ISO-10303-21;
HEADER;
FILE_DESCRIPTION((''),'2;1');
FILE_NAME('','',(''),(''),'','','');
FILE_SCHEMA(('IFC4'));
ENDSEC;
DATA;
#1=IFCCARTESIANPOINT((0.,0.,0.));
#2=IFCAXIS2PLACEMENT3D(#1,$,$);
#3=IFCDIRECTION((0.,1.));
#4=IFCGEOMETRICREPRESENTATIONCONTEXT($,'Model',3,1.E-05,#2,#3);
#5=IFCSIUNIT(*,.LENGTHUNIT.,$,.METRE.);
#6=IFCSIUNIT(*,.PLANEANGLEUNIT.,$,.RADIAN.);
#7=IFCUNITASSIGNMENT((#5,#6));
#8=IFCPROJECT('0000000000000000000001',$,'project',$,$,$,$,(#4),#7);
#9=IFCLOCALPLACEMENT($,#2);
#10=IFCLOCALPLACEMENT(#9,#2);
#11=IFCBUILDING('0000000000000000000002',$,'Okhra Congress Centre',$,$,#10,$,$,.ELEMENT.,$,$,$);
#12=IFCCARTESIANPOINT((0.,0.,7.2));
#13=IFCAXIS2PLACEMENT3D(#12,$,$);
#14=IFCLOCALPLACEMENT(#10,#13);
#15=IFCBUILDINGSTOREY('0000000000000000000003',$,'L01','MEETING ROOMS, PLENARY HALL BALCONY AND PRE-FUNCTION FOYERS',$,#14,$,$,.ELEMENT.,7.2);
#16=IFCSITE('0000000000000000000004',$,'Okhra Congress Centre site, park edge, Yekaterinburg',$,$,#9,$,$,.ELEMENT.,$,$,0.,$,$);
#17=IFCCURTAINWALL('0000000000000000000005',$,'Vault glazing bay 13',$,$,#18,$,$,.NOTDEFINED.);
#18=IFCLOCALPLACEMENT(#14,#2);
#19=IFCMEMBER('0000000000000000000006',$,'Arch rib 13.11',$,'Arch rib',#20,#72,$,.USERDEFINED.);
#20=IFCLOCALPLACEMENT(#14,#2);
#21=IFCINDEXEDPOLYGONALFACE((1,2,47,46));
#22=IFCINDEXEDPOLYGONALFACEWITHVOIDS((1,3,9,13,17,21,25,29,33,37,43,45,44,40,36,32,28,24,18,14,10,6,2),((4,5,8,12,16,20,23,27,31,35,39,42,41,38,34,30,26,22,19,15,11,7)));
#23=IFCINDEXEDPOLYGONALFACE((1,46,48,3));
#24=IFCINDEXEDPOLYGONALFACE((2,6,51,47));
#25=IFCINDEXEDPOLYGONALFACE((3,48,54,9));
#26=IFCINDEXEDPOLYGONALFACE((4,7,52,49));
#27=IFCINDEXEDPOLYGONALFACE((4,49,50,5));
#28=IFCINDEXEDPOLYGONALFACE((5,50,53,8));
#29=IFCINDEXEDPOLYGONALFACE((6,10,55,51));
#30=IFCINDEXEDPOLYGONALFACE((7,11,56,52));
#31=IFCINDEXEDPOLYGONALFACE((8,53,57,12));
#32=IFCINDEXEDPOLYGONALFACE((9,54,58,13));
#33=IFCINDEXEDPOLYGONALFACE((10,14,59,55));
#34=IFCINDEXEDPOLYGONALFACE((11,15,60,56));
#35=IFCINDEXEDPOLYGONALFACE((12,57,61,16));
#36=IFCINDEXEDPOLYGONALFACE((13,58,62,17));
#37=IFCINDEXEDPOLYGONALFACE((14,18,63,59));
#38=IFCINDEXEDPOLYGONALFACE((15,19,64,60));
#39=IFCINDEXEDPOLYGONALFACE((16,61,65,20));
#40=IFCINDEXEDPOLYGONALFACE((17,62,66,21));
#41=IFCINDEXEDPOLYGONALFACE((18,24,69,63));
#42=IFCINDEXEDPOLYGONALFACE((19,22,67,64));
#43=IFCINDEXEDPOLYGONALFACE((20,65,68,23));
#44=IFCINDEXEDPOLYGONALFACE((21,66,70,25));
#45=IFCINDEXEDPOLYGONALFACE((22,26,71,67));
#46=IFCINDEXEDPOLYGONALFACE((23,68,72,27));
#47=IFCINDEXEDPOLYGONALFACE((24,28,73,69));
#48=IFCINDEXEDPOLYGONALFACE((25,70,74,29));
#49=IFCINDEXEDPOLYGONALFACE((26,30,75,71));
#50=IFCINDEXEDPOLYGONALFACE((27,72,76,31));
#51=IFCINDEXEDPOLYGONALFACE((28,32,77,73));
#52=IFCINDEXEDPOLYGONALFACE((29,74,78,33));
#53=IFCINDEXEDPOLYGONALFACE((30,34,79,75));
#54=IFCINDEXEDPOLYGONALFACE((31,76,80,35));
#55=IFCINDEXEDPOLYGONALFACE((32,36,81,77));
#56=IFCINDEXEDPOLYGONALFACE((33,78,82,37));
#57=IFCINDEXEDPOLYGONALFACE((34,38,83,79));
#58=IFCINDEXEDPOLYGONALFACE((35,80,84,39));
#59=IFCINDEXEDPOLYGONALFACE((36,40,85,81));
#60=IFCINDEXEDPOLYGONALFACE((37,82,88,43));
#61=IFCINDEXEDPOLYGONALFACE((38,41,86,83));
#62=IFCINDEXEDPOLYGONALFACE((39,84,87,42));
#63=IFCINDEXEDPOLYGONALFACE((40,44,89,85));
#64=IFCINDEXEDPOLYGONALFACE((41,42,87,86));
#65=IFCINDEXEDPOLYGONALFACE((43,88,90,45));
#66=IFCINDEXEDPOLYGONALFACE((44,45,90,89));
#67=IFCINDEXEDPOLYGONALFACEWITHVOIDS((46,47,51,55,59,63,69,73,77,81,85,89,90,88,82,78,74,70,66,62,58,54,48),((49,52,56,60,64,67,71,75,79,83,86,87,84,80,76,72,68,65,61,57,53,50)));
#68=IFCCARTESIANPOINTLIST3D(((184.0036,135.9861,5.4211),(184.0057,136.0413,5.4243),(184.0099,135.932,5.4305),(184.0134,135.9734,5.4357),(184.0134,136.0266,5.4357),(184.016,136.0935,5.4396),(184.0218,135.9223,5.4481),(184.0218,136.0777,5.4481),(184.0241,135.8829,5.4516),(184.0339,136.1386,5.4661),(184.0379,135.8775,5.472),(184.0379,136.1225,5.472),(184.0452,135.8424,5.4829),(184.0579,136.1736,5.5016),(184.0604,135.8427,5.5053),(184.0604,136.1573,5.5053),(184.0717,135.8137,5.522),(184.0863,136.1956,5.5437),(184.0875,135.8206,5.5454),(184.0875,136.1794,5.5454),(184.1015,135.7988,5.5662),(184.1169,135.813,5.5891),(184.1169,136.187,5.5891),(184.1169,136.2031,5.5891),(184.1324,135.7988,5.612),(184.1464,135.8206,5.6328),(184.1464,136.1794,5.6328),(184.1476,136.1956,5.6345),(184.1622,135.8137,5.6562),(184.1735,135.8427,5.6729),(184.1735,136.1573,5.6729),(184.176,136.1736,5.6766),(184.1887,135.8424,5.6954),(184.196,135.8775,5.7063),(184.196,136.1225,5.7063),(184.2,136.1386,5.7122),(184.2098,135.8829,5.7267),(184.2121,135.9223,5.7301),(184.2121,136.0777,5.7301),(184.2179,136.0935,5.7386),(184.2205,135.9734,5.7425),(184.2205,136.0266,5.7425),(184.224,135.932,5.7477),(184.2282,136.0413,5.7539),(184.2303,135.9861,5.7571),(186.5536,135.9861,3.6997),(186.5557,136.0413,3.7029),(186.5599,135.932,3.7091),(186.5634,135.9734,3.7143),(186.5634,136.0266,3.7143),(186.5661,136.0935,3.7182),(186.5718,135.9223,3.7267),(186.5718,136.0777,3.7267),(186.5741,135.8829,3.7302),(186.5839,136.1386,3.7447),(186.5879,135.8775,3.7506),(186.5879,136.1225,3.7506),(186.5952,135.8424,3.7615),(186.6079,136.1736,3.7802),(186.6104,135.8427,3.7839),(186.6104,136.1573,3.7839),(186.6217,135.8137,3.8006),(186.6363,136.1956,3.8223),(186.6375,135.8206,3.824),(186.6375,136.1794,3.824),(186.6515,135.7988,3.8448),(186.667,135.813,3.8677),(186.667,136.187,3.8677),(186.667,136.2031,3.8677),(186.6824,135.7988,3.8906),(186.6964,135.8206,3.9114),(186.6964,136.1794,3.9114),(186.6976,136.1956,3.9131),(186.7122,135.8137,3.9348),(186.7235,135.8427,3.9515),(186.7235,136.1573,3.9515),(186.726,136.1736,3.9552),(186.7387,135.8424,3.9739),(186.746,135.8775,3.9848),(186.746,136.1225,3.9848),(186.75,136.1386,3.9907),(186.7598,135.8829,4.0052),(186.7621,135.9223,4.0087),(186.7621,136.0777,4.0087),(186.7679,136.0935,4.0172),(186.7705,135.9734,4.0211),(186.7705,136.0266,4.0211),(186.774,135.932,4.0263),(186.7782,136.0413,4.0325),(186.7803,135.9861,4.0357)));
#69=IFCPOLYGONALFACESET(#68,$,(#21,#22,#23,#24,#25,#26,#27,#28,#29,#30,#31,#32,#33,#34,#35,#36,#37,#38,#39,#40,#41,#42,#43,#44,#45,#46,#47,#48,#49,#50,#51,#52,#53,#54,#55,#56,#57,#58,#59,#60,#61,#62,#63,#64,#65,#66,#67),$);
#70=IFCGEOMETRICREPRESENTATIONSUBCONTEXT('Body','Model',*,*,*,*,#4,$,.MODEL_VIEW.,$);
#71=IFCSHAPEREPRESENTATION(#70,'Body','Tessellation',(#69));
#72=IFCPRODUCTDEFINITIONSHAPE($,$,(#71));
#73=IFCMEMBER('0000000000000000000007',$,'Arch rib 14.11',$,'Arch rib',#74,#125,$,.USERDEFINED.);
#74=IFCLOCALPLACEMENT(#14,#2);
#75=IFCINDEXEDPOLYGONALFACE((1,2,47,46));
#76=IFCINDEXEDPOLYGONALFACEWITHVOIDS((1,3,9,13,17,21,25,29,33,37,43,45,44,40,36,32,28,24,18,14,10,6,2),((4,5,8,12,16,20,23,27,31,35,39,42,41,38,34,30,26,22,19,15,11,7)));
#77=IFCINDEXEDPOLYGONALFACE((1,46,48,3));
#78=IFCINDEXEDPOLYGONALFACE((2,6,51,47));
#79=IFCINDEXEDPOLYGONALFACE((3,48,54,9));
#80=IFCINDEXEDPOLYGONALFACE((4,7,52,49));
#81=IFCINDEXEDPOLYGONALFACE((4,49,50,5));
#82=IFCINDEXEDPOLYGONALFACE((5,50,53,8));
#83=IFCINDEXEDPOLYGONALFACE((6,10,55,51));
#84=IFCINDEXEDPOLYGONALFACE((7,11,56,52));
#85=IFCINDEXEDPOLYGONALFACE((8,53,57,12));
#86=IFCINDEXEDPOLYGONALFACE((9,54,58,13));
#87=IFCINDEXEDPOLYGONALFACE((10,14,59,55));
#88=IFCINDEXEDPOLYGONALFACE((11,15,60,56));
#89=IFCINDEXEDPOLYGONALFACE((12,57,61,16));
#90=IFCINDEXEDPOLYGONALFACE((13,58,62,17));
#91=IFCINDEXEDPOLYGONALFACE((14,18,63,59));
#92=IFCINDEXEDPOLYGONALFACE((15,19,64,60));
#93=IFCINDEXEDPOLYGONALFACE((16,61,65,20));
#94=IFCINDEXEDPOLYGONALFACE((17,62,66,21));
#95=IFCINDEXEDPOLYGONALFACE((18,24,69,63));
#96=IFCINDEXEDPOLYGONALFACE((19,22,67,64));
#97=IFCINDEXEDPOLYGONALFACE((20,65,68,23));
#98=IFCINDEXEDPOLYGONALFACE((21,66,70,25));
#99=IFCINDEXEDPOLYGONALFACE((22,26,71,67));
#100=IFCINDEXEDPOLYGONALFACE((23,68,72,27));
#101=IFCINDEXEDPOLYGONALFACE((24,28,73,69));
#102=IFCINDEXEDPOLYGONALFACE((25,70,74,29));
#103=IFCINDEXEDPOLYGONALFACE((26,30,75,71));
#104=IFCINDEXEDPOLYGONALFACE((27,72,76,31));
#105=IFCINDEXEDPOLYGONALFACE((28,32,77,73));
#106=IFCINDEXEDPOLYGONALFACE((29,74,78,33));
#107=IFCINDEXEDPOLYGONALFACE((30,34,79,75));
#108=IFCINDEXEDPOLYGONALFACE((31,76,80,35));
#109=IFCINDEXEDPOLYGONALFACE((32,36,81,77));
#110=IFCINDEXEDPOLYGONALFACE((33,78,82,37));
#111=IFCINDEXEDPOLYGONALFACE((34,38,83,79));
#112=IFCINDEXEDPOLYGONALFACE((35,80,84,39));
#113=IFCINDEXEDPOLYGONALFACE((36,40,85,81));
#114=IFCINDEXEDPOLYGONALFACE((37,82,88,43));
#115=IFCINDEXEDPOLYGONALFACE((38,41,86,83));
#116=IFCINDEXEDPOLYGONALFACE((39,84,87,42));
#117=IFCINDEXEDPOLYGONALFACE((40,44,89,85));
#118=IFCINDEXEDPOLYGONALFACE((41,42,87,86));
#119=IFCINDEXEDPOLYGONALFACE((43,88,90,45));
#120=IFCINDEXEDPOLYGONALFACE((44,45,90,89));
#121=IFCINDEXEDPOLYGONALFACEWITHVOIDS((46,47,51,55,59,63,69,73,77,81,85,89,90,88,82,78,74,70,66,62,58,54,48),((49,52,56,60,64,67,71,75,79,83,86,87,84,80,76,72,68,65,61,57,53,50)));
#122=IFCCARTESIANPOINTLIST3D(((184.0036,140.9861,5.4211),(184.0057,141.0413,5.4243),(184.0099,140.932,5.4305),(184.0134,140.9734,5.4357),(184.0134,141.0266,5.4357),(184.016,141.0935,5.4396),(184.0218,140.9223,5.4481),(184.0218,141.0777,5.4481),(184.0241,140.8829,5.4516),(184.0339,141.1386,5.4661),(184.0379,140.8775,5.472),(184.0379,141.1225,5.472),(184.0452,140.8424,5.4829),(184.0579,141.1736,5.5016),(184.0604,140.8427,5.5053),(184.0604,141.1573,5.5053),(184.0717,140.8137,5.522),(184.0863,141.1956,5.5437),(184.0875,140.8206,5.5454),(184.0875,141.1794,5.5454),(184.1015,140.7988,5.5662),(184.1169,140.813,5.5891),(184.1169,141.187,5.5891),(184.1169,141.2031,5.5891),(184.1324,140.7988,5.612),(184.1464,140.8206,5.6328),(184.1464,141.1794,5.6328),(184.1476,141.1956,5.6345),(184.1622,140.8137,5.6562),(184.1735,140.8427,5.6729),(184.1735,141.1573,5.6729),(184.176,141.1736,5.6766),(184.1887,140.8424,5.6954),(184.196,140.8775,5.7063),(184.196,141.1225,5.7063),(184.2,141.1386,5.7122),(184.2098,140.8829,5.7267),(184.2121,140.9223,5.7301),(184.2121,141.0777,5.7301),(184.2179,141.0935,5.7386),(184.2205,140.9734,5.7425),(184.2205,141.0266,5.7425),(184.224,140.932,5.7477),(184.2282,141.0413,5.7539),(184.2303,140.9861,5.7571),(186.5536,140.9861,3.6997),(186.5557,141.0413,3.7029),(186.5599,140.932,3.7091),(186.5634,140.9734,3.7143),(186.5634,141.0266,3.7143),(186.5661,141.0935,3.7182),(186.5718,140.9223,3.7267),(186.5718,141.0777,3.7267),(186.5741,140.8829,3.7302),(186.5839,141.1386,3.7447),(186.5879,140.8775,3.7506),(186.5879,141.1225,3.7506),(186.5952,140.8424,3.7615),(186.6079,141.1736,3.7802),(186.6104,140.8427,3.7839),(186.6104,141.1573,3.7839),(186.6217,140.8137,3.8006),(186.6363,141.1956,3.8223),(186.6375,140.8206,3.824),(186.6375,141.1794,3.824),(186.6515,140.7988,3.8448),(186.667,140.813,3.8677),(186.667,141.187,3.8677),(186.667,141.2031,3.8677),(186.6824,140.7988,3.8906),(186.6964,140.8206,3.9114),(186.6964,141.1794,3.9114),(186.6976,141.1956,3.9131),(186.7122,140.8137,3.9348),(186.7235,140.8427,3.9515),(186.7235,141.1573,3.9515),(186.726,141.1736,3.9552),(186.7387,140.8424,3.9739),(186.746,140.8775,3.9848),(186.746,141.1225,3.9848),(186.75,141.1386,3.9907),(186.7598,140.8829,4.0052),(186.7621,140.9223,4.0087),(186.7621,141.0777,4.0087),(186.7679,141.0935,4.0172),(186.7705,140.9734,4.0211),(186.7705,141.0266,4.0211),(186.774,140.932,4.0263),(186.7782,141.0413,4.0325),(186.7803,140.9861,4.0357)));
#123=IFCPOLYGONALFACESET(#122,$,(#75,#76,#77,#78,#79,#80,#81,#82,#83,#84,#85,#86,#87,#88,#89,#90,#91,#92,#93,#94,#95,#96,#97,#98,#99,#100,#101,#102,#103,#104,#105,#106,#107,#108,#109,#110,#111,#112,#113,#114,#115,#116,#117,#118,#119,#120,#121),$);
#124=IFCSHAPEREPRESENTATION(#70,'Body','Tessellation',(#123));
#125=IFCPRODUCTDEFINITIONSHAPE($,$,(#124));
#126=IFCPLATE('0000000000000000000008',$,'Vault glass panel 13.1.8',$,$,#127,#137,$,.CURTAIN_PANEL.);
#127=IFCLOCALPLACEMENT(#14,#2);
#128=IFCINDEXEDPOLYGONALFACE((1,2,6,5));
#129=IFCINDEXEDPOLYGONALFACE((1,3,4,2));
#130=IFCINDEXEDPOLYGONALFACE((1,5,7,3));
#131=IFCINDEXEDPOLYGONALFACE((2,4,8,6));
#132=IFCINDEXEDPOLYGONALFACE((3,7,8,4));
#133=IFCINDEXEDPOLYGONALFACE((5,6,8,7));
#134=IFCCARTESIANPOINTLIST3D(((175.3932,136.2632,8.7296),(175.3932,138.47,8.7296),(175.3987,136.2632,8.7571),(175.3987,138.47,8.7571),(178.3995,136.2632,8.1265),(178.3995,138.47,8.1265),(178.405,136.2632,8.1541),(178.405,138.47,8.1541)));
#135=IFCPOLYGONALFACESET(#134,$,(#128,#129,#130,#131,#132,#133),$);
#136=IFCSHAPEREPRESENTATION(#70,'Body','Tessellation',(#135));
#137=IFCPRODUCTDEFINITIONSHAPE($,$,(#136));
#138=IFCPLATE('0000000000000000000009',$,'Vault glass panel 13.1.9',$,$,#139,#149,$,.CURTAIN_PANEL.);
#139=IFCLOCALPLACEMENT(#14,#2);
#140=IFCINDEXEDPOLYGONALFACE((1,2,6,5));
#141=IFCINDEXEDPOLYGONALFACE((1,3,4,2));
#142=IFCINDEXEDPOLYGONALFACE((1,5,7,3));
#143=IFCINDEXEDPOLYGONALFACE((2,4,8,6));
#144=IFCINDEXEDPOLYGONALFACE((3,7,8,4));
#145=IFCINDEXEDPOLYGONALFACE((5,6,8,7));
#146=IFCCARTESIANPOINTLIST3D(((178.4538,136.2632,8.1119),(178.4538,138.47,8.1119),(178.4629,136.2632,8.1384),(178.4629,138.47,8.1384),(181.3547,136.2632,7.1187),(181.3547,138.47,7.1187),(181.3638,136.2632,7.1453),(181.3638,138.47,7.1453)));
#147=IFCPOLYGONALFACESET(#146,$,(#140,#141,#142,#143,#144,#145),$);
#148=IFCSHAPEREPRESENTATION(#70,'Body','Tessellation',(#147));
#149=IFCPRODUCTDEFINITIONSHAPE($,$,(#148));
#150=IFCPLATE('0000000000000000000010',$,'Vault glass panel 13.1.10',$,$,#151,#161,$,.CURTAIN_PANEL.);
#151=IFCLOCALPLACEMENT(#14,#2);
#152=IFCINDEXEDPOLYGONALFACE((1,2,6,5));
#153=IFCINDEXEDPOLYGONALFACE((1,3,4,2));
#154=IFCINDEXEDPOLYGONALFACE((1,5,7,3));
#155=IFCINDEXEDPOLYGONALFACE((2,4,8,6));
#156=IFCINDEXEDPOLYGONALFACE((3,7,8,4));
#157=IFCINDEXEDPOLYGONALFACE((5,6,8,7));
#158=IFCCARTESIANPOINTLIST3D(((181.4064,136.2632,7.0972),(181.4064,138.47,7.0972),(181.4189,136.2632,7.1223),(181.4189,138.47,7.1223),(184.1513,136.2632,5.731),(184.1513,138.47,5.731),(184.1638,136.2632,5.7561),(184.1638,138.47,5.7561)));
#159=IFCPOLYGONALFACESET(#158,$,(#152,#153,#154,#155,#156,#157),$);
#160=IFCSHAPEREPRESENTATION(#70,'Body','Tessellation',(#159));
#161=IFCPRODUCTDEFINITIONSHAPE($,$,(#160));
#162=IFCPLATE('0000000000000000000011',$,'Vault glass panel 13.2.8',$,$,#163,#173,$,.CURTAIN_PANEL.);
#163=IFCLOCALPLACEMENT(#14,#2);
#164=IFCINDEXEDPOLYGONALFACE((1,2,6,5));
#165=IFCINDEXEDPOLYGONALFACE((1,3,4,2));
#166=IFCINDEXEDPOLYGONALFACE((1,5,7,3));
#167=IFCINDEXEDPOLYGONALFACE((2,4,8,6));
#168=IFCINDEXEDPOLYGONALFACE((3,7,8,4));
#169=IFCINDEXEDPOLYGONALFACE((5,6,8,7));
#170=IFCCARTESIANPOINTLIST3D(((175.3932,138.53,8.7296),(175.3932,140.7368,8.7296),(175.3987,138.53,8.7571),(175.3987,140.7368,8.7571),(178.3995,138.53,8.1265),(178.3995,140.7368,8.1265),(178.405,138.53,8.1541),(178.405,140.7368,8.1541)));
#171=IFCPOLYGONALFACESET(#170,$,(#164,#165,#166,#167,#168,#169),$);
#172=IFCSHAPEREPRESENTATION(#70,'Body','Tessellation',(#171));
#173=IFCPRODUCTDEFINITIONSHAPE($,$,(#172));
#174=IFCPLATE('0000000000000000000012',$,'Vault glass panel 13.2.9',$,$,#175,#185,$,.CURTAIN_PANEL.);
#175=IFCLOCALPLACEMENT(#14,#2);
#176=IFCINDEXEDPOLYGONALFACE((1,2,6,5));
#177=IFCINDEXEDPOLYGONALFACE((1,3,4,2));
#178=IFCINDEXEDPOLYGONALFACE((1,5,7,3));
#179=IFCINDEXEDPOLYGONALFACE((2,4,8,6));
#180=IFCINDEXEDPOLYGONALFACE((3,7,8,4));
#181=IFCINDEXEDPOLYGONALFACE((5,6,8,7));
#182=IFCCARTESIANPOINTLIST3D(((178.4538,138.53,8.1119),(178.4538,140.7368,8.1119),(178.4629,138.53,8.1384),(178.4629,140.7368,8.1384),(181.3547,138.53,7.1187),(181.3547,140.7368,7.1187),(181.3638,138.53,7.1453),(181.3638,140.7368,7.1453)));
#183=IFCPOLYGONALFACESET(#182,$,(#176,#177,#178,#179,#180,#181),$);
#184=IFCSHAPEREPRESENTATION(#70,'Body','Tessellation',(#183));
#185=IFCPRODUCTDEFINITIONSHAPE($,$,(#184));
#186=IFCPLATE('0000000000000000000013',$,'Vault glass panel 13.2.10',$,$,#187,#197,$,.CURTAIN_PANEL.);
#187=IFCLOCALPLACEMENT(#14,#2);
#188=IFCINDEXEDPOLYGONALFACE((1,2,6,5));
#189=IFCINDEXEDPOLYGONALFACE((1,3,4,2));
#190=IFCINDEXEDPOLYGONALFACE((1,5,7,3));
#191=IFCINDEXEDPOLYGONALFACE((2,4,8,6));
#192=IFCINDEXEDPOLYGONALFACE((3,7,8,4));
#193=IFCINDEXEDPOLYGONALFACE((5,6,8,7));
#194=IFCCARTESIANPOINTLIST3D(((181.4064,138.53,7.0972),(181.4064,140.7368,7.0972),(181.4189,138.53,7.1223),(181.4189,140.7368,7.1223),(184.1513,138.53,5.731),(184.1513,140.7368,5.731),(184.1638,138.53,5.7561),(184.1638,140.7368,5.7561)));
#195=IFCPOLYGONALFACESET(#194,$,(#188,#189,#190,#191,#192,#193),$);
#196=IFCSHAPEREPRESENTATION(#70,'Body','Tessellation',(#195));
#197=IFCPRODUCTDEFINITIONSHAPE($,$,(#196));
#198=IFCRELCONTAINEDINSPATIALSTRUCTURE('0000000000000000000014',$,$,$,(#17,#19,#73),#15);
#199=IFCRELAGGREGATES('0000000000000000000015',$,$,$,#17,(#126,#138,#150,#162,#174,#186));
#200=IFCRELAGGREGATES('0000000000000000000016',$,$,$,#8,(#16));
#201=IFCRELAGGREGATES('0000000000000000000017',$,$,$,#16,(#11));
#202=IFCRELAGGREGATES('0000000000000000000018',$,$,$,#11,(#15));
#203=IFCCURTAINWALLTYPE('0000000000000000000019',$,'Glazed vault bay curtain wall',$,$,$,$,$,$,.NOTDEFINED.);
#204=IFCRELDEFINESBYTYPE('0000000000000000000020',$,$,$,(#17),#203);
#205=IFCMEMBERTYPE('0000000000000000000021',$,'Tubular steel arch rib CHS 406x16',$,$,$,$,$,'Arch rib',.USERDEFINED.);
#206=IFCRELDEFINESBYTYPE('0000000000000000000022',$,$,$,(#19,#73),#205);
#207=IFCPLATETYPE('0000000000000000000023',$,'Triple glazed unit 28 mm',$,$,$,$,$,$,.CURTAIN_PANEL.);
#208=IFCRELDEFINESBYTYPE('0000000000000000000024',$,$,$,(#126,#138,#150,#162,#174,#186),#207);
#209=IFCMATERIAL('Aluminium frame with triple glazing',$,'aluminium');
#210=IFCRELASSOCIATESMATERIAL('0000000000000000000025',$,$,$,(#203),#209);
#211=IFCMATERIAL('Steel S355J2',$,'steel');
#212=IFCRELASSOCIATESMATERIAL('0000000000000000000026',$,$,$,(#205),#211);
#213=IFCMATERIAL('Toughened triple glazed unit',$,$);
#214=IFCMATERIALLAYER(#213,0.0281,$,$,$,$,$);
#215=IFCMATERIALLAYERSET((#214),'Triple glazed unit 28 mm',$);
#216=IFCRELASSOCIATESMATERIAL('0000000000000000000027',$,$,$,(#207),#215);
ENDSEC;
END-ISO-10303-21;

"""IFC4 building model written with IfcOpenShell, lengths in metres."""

from ifc_helpers import new_model, si_unit, direction, frame, origin, origin_2d, place, context, subcontext, project, spatial, polyline, hollow_circle, outline, extrude, material, layer, layer_set, material_profile, profile_set, type_object, element, aggregate, save


model = new_model("IFC4")

# Units and contexts
model_context = context("Model", 3, precision=1e-05, world=origin(), true_north=direction((0.0, 1.0)))
body_context = subcontext(model_context, "Body", "Model", "MODEL_VIEW")
ifc_project = project(units=[si_unit("LENGTHUNIT", "METRE"), si_unit("PLANEANGLEUNIT", "RADIAN")], contexts=[model_context])

# Site, building, storey
site_placement = place(None, origin())
site = spatial("IfcSite", under=ifc_project, at=site_placement, Name="Okhra Congress Centre site, park edge, Yekaterinburg", CompositionType="ELEMENT", RefElevation=0.0)
building_placement = place(site_placement, origin())
building = spatial("IfcBuilding", under=site, at=building_placement, Name="Okhra Congress Centre", CompositionType="ELEMENT")
storey_placement = place(building_placement, frame((0.0, 0.0, 7.2)))
storey = spatial("IfcBuildingStorey", under=building, at=storey_placement, Name="L01", Description="MEETING ROOMS, PLENARY HALL BALCONY AND PRE-FUNCTION FOYERS", CompositionType="ELEMENT", Elevation=7.2)

# Curtain wall
ifc_material_1 = material(Name="Aluminium frame with triple glazing", Category="aluminium")
curtain_wall_type = type_object("IfcCurtainWallType", Name="Glazed vault bay curtain wall", PredefinedType="NOTDEFINED", material=ifc_material_1)
curtain_wall_placement = place(storey_placement, origin())
curtain_wall = element("IfcCurtainWall", 1, at=curtain_wall_placement, inside=storey, type_object=curtain_wall_type, Name="Vault glazing bay 13", PredefinedType="NOTDEFINED")

# Members
ifc_material_2 = material(Name="Steel S355J2", Category="steel")
ifc_material_profile_1 = material_profile(ifc_material_2, hollow_circle(Radius=0.2031, WallThickness=0.0161, at=origin_2d()), Name="CHS 406.4x16")
ifc_profile_set_1 = profile_set([ifc_material_profile_1], Name="Steel S355J2")
member_type_1 = type_object("IfcMemberType", Name="Tubular steel arch rib CHS 406x16", ElementType="Arch rib", PredefinedType="USERDEFINED", material=ifc_profile_set_1)
for number, where, z_axis, x_axis, name in (
    (2, (184.1169, 136.0, 5.5891), (0.828826, 0.0, -0.559507), (0.0, 1.0, 0.0), "Arch rib 13.11"),
    (3, (184.1169, 141.0, 5.5891), (0.828826, 0.0, -0.559507), (0.0, 1.0, 0.0), "Arch rib 14.11"),
):
    element("IfcMember", number, at=place(storey_placement, frame(where, z_axis=z_axis, x_axis=x_axis)), inside=storey, type_object=member_type_1, Name=name, ObjectType="Arch rib", PredefinedType="USERDEFINED", context=body_context, shape_type="SweptSolid", body=[
        extrude(hollow_circle(Radius=0.2031, WallThickness=0.0161, at=origin_2d()), origin(), (0.0, 0.0, 1.0), 3.0767),
    ])

# Plates
ifc_material_3 = material(Name="Toughened triple glazed unit")
ifc_layer = layer(ifc_material_3, 0.0281)
ifc_layer_set = layer_set([ifc_layer], Name="Triple glazed unit 28 mm")
plate_type = type_object("IfcPlateType", Name="Triple glazed unit 28 mm", PredefinedType="CURTAIN_PANEL", material=ifc_layer_set)
plate_1_placement = place(storey_placement, frame((175.3987, 136.2632, 8.7571), z_axis=(0.196667, 0.0, 0.98047), x_axis=(0.98047, 0.0, -0.196667)))
plate_1 = element("IfcPlate", 4, at=plate_1_placement, type_object=plate_type, Name="Vault glass panel 13.1.8", PredefinedType="CURTAIN_PANEL", context=body_context, shape_type="SweptSolid", body=[
    extrude(outline(polyline([(0.0, 0.0), (3.0662, 0.0), (3.0662, 2.2068), (0.0, 2.2068), (0.0, 0.0)])), origin(), (0.0, 0.0, -1.0), 0.0281),
])
plate_2_placement = place(storey_placement, frame((178.4629, 136.2632, 8.1384), z_axis=(0.323909, 0.0, 0.946088), x_axis=(0.946088, 0.0, -0.323909)))
plate_2 = element("IfcPlate", 5, at=plate_2_placement, type_object=plate_type, Name="Vault glass panel 13.1.9", PredefinedType="CURTAIN_PANEL", context=body_context, shape_type="SweptSolid", body=[
    extrude(outline(polyline([(0.0, 0.0), (3.0662, 0.0), (3.0662, 2.2068), (0.0, 2.2068), (0.0, 0.0)])), origin(), (0.0, 0.0, -1.0), 0.0281),
])
plate_3_placement = place(storey_placement, frame((181.4189, 136.2632, 7.1223), z_axis=(0.445588, 0.0, 0.895238), x_axis=(0.895238, 0.0, -0.445588)))
plate_3 = element("IfcPlate", 6, at=plate_3_placement, type_object=plate_type, Name="Vault glass panel 13.1.10", PredefinedType="CURTAIN_PANEL", context=body_context, shape_type="SweptSolid", body=[
    extrude(outline(polyline([(0.0, 0.0), (3.0661, 0.0), (3.0661, 2.2068), (0.0, 2.2068), (0.0, 0.0)])), origin(), (0.0, 0.0, -1.0), 0.0281),
])
plate_4_placement = place(storey_placement, frame((175.3987, 138.53, 8.7571), z_axis=(0.196667, 0.0, 0.98047), x_axis=(0.98047, 0.0, -0.196667)))
plate_4 = element("IfcPlate", 7, at=plate_4_placement, type_object=plate_type, Name="Vault glass panel 13.2.8", PredefinedType="CURTAIN_PANEL", context=body_context, shape_type="SweptSolid", body=[
    extrude(outline(polyline([(0.0, 0.0), (3.0662, 0.0), (3.0662, 2.2068), (0.0, 2.2068), (0.0, 0.0)])), origin(), (0.0, 0.0, -1.0), 0.0281),
])
plate_5_placement = place(storey_placement, frame((178.4629, 138.53, 8.1384), z_axis=(0.323909, 0.0, 0.946088), x_axis=(0.946088, 0.0, -0.323909)))
plate_5 = element("IfcPlate", 8, at=plate_5_placement, type_object=plate_type, Name="Vault glass panel 13.2.9", PredefinedType="CURTAIN_PANEL", context=body_context, shape_type="SweptSolid", body=[
    extrude(outline(polyline([(0.0, 0.0), (3.0662, 0.0), (3.0662, 2.2068), (0.0, 2.2068), (0.0, 0.0)])), origin(), (0.0, 0.0, -1.0), 0.0281),
])
plate_6_placement = place(storey_placement, frame((181.4189, 138.53, 7.1223), z_axis=(0.445588, 0.0, 0.895238), x_axis=(0.895238, 0.0, -0.445588)))
plate_6 = element("IfcPlate", 9, at=plate_6_placement, type_object=plate_type, Name="Vault glass panel 13.2.10", PredefinedType="CURTAIN_PANEL", context=body_context, shape_type="SweptSolid", body=[
    extrude(outline(polyline([(0.0, 0.0), (3.0661, 0.0), (3.0661, 2.2068), (0.0, 2.2068), (0.0, 0.0)])), origin(), (0.0, 0.0, -1.0), 0.0281),
])
aggregate(curtain_wall, [plate_1, plate_2, plate_3, plate_4, plate_5, plate_6])

save(model, "model.ifc")
